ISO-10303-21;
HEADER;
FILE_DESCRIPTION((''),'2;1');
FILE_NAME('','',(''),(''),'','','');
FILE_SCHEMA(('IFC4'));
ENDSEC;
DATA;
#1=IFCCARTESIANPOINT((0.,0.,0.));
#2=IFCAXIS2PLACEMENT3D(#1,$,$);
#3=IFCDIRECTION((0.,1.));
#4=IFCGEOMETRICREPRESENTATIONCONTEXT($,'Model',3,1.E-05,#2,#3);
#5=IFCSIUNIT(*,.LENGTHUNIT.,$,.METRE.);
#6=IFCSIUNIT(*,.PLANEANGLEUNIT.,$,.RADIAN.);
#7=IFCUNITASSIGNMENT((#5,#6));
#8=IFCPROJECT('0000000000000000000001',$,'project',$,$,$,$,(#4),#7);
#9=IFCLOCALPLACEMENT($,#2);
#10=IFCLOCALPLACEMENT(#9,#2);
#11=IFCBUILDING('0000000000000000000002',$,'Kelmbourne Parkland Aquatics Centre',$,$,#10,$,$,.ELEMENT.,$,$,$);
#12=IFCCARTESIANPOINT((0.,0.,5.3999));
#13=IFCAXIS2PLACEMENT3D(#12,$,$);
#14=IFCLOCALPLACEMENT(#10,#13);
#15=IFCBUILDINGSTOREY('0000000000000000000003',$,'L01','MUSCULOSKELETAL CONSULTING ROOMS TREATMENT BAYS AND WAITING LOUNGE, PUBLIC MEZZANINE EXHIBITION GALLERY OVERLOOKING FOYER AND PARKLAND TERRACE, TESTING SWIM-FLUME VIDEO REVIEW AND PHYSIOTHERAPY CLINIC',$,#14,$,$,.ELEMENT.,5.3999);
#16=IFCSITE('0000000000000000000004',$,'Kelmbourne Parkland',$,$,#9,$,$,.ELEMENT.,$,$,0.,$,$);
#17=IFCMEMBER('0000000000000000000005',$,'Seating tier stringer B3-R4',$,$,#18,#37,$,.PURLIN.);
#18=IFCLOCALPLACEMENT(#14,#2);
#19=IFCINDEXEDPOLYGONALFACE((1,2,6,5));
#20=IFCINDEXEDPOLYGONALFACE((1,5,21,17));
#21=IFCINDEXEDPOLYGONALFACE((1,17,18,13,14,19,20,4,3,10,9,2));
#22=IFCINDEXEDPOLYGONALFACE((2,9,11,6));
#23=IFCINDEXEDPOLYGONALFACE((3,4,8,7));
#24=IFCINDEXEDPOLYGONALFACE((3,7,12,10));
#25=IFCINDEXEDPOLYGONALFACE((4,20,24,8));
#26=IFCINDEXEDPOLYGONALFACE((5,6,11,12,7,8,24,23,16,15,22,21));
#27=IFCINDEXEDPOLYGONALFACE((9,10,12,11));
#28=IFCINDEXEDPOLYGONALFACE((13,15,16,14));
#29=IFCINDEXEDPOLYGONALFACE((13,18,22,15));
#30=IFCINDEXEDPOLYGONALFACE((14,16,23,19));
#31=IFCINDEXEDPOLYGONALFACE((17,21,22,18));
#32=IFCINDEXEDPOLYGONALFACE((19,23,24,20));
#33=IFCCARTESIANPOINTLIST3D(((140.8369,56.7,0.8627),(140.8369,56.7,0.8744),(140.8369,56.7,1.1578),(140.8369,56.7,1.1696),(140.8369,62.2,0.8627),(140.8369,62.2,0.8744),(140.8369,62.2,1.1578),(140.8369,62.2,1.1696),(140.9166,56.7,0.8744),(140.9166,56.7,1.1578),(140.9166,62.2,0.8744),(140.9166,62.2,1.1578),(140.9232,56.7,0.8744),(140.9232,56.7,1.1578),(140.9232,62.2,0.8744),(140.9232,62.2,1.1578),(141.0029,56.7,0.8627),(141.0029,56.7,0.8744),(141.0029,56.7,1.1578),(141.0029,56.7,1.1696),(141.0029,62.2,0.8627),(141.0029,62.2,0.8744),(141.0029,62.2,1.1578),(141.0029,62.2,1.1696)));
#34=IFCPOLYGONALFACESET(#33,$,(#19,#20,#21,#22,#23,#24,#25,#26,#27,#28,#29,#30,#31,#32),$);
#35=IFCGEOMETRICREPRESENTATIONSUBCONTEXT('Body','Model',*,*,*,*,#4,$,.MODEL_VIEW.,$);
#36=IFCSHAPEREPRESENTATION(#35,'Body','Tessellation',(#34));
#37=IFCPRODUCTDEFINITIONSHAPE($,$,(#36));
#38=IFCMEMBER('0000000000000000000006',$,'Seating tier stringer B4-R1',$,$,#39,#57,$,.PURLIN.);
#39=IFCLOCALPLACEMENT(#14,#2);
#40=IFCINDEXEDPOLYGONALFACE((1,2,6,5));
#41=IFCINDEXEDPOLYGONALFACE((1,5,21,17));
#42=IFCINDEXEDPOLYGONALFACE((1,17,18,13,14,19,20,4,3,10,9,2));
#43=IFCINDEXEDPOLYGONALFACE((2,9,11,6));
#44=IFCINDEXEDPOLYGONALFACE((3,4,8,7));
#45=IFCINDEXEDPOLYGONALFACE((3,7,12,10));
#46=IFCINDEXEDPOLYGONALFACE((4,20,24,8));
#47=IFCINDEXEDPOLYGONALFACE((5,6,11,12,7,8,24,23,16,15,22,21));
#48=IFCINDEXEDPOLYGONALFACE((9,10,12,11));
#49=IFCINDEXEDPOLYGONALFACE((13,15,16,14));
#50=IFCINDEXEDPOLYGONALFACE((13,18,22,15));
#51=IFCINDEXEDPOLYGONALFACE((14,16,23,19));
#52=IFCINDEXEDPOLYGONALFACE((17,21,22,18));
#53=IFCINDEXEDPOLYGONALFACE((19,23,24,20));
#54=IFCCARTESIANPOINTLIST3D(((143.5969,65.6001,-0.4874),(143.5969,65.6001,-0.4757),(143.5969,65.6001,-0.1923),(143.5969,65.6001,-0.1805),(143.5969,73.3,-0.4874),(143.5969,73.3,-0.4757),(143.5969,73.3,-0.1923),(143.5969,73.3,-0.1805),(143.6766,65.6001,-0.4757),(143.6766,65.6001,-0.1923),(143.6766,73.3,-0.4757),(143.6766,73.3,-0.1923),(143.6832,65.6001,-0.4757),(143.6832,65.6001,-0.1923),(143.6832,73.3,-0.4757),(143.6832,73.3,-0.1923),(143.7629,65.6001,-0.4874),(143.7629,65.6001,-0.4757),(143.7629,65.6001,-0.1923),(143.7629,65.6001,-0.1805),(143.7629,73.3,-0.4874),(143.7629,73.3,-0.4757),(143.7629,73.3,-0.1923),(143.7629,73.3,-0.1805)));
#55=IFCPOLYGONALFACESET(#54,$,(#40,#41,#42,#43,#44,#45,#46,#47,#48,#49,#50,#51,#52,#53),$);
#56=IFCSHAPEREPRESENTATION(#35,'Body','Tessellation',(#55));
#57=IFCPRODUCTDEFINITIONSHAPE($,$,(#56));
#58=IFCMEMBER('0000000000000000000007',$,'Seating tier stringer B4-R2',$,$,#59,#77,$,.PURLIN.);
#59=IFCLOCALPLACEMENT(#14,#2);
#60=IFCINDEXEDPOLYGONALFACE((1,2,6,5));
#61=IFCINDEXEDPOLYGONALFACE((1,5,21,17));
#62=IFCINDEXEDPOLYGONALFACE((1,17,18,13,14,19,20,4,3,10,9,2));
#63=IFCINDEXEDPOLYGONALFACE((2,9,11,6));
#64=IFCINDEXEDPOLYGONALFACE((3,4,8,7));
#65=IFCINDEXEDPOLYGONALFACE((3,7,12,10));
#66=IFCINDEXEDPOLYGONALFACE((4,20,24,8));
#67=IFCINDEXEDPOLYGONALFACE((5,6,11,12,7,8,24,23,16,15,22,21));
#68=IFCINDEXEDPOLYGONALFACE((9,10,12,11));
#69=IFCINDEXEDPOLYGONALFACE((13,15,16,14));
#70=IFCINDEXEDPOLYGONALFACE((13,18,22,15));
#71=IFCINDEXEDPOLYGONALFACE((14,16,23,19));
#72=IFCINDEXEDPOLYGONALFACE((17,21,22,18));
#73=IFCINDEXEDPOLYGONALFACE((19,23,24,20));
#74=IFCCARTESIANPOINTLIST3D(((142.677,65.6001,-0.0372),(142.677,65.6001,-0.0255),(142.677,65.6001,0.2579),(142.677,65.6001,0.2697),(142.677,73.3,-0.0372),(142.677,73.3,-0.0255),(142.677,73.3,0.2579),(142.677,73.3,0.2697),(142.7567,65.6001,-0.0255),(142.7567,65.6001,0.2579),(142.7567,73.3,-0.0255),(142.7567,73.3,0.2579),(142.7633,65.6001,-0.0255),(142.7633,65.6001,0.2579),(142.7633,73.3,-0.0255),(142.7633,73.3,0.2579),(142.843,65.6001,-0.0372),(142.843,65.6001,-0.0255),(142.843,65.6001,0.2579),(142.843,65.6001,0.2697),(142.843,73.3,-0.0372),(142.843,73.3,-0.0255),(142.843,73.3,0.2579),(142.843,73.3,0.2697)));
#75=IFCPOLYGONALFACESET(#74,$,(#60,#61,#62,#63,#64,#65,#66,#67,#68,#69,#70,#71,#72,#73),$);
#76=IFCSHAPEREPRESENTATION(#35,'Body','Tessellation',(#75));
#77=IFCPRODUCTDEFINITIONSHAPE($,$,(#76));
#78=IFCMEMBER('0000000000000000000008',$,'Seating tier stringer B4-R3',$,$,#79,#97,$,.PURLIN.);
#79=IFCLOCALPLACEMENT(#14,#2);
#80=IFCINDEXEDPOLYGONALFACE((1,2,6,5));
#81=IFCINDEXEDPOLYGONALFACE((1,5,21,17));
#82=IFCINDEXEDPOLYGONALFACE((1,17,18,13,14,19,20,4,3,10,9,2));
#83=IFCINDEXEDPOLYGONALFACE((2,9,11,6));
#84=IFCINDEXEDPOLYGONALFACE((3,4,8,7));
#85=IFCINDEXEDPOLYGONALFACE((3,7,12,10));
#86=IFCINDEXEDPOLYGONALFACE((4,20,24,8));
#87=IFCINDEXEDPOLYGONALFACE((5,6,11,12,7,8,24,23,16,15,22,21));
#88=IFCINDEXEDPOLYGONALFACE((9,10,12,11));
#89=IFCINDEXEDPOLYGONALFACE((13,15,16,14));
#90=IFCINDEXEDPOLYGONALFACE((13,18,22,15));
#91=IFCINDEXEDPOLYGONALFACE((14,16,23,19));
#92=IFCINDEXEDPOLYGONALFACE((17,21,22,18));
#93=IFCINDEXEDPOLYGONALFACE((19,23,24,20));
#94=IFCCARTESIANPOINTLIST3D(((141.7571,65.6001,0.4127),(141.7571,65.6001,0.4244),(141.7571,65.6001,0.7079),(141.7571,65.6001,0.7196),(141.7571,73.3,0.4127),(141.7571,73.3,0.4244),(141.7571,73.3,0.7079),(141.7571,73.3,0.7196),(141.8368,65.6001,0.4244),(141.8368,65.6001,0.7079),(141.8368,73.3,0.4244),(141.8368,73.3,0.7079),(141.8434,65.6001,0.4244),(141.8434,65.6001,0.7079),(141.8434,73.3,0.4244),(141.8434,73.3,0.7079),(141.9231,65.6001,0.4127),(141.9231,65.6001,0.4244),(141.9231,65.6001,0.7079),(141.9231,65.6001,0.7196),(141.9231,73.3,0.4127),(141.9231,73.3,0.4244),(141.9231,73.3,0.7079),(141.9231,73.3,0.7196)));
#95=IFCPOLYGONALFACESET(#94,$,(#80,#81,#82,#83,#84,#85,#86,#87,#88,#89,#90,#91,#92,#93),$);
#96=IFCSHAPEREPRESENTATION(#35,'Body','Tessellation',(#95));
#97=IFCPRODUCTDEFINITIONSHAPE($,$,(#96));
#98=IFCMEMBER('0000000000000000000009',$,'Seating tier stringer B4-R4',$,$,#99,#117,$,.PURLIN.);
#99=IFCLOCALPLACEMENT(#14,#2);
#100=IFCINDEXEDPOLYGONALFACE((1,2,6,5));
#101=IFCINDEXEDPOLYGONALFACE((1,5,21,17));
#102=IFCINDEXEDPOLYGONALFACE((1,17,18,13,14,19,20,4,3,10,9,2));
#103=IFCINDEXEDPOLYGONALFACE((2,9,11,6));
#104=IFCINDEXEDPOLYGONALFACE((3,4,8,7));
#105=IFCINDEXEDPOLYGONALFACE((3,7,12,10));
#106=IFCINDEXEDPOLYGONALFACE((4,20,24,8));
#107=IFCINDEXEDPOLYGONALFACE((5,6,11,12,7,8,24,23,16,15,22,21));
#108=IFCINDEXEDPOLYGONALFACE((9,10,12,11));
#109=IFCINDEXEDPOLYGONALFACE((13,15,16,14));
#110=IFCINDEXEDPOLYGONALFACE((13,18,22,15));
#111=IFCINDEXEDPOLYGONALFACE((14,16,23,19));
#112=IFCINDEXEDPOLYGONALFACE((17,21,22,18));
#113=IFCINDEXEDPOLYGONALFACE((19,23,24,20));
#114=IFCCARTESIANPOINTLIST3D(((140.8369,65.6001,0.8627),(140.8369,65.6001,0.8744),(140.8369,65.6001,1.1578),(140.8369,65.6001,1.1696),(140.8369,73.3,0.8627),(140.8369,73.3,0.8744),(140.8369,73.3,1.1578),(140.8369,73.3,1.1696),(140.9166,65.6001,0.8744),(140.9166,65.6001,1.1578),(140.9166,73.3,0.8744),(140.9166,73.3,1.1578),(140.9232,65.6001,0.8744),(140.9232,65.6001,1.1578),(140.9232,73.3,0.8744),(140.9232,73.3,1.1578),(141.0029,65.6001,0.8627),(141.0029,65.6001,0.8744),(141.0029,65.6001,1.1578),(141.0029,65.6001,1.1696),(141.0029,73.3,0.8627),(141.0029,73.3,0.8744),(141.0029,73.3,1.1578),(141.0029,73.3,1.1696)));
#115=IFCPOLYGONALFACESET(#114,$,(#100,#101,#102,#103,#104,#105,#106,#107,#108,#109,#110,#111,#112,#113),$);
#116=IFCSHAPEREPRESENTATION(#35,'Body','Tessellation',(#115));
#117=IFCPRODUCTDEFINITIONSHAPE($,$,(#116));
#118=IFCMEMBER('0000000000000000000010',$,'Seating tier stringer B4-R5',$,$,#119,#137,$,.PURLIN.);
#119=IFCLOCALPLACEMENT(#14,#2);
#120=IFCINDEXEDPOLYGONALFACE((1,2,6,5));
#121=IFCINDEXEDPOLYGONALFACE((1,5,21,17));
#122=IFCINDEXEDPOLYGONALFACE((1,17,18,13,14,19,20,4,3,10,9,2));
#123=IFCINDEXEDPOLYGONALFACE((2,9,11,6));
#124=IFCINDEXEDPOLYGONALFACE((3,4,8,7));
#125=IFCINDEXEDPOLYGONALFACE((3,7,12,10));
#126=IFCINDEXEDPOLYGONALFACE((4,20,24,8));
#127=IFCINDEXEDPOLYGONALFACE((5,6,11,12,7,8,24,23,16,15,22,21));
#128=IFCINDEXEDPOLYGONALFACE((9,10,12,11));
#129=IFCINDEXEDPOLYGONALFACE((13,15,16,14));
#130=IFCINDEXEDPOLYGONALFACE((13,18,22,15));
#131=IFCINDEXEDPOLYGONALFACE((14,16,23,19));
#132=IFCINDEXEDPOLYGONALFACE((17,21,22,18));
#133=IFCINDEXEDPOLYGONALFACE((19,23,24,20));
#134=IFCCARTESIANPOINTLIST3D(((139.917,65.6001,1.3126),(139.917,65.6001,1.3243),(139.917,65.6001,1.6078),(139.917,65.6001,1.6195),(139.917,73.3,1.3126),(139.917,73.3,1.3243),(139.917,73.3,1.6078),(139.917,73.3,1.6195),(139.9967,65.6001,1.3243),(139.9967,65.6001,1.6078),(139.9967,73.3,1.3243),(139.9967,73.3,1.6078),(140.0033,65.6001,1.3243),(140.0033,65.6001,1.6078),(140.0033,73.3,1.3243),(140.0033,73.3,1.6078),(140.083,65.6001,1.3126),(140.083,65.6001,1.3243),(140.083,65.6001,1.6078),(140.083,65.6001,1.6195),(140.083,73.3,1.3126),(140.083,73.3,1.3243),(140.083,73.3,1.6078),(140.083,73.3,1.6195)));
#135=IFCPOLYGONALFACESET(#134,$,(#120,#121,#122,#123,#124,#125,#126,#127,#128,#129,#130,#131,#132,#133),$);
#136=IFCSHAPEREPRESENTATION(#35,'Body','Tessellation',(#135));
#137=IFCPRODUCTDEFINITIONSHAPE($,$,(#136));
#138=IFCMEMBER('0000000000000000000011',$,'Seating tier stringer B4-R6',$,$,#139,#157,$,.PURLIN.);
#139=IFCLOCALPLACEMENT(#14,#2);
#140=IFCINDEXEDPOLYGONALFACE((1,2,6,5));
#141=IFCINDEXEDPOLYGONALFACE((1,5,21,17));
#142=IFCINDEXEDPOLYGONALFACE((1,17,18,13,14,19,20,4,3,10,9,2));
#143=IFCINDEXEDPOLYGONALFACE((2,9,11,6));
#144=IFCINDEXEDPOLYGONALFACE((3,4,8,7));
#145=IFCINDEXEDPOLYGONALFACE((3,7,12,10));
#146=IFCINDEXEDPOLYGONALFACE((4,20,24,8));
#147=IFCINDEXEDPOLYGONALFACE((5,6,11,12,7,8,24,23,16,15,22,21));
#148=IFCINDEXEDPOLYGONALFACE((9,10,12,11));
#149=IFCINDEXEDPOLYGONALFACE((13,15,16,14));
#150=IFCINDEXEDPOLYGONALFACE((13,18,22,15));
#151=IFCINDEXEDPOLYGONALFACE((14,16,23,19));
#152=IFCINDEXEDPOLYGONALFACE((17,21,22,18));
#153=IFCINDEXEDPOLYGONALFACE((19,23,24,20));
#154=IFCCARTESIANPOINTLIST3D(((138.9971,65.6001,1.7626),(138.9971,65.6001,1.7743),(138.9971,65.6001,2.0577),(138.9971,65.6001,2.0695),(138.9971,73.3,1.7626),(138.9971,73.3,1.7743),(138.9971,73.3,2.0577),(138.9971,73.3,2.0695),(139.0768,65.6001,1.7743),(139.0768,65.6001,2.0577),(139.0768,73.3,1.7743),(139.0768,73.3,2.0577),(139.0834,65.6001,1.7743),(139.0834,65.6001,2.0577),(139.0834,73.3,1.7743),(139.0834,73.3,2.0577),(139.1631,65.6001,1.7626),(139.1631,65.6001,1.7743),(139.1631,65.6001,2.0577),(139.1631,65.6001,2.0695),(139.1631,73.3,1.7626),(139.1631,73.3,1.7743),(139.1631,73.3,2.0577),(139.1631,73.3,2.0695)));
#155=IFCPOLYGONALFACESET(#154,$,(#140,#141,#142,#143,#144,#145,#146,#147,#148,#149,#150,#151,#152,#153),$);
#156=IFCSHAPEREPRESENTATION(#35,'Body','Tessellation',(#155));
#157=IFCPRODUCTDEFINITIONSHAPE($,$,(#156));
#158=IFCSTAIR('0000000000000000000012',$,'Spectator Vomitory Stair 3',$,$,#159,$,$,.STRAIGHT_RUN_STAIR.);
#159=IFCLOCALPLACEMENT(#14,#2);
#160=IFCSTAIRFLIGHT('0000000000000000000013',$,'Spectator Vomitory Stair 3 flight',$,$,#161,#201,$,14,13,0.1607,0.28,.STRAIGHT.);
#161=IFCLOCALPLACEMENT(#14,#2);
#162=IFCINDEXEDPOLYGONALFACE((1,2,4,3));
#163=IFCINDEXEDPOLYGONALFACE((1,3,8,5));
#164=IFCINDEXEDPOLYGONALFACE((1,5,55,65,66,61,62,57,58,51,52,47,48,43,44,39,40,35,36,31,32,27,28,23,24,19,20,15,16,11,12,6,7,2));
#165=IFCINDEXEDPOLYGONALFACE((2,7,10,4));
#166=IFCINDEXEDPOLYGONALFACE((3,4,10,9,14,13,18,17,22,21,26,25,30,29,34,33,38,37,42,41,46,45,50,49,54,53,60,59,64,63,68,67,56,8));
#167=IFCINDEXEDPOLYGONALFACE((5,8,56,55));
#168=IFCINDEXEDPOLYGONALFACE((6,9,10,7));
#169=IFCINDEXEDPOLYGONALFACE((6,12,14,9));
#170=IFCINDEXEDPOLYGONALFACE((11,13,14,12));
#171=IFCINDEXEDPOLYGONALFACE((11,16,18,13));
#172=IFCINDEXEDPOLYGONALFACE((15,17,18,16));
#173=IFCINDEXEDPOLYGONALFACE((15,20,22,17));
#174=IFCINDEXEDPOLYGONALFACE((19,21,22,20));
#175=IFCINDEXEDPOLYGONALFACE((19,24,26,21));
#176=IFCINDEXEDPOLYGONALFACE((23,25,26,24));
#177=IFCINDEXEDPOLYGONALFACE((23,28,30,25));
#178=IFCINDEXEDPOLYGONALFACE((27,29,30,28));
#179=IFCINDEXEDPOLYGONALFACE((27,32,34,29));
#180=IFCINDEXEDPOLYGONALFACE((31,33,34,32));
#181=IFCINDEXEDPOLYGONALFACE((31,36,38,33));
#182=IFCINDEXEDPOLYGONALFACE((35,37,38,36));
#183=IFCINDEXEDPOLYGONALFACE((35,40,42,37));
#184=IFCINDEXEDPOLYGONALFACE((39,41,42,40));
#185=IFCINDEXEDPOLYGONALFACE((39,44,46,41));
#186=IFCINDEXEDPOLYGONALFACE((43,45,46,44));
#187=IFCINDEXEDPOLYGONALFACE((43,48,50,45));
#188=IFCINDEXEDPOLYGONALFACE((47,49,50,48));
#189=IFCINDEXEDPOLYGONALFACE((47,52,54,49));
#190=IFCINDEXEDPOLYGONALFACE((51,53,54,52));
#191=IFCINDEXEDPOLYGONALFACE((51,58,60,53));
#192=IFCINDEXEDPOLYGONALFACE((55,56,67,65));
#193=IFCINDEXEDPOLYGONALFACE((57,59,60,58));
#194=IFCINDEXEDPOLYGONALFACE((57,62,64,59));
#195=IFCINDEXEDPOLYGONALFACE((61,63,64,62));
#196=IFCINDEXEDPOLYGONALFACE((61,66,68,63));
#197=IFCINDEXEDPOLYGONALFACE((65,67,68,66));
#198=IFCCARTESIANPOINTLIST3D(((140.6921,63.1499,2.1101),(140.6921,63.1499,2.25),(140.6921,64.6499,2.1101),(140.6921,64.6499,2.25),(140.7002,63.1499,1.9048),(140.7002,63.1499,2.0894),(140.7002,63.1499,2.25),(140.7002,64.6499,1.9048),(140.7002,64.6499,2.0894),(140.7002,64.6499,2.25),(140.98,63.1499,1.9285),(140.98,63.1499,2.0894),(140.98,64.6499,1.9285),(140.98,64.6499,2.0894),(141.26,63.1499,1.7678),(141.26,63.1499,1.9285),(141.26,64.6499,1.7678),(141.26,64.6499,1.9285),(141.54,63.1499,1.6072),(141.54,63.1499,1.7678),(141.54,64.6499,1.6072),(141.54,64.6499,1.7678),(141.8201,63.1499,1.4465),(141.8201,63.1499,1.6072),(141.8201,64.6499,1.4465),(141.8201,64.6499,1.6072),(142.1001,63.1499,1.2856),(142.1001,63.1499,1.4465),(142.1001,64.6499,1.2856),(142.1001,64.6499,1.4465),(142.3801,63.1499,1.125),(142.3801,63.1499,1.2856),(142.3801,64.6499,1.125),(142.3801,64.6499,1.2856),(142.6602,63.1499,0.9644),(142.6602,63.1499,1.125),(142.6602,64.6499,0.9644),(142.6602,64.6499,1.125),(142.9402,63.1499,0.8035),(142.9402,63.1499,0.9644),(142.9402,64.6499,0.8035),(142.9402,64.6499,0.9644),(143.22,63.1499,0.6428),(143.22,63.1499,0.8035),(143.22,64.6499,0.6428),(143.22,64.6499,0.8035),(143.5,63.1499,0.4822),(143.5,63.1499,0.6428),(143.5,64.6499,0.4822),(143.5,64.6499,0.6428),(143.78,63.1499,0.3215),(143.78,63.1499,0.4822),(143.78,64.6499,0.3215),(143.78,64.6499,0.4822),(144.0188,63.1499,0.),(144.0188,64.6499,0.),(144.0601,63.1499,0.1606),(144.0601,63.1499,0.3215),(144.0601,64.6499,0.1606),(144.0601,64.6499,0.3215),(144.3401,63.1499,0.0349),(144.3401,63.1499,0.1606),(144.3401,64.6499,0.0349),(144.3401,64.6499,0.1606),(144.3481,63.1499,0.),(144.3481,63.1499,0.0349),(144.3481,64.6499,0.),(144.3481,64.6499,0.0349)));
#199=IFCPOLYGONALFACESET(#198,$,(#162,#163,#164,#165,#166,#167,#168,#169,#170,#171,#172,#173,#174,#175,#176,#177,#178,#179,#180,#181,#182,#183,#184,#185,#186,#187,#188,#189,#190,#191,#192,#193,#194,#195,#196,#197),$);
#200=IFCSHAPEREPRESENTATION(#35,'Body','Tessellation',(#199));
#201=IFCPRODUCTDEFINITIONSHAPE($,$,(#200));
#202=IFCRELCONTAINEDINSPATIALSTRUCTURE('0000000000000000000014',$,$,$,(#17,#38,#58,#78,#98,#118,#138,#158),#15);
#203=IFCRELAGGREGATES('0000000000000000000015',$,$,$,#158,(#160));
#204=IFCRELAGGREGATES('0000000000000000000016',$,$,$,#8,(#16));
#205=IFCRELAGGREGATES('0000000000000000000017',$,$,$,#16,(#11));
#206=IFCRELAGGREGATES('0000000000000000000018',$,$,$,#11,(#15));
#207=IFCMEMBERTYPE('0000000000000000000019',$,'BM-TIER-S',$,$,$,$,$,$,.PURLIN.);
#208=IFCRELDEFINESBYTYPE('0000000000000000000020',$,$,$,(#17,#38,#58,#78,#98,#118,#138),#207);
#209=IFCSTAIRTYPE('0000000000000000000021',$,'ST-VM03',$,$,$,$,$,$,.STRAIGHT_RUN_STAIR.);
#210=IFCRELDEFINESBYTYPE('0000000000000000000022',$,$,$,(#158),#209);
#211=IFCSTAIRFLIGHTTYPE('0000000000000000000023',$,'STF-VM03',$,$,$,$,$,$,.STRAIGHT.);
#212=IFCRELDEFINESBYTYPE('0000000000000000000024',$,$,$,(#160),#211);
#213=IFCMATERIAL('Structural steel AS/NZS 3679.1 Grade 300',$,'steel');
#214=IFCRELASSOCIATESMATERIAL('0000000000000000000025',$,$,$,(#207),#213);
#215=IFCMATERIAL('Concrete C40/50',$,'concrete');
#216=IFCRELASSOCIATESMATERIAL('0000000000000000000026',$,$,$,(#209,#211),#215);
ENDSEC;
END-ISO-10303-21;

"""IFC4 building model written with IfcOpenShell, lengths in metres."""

from ifc_helpers import new_model, si_unit, direction, frame, origin, origin_2d, place, context, subcontext, project, spatial, polyline, i_section, outline, extrude, material, material_profile, profile_set, type_object, element, aggregate, save


model = new_model("IFC4")

# Units and contexts
model_context = context("Model", 3, precision=1e-05, world=origin(), true_north=direction((0.0, 1.0)))
body_context = subcontext(model_context, "Body", "Model", "MODEL_VIEW")
ifc_project = project(units=[si_unit("LENGTHUNIT", "METRE"), si_unit("PLANEANGLEUNIT", "RADIAN")], contexts=[model_context])

# Site, building, storey
site_placement = place(None, origin())
site = spatial("IfcSite", under=ifc_project, at=site_placement, Name="Kelmbourne Parkland", CompositionType="ELEMENT", RefElevation=0.0)
building_placement = place(site_placement, origin())
building = spatial("IfcBuilding", under=site, at=building_placement, Name="Kelmbourne Parkland Aquatics Centre", CompositionType="ELEMENT")
storey_placement = place(building_placement, frame((0.0, 0.0, 5.3999)))
storey = spatial("IfcBuildingStorey", under=building, at=storey_placement, Name="L01", Description="MUSCULOSKELETAL CONSULTING ROOMS TREATMENT BAYS AND WAITING LOUNGE, PUBLIC MEZZANINE EXHIBITION GALLERY OVERLOOKING FOYER AND PARKLAND TERRACE, TESTING SWIM-FLUME VIDEO REVIEW AND PHYSIOTHERAPY CLINIC", CompositionType="ELEMENT", Elevation=5.3999)

# Shared definitions
ifc_material_1 = material(Name="Structural steel AS/NZS 3679.1 Grade 300", Category="steel")

# Members
ifc_material_profile_1 = material_profile(ifc_material_1, i_section(OverallWidth=0.166, OverallDepth=0.3069, WebThickness=0.0066, FlangeThickness=0.0117, at=origin_2d()), Name="310UB46.2")
ifc_profile_set_1 = profile_set([ifc_material_profile_1], Name="Structural steel AS/NZS 3679.1 Grade 300")
member_type = type_object("IfcMemberType", Name="BM-TIER-S", PredefinedType="PURLIN", material=ifc_profile_set_1)
for number, where, z_axis, x_axis, name in (
    (1, (140.9199, 56.7, 1.0161), (0.0, 1.0, 0.0), (-1.0, 0.0, 0.0), "Seating tier stringer B3-R4"),
):
    element("IfcMember", number, at=place(storey_placement, frame(where, z_axis=z_axis, x_axis=x_axis)), inside=storey, type_object=member_type, Name=name, PredefinedType="PURLIN", context=body_context, shape_type="SweptSolid", body=[
        extrude(i_section(OverallWidth=0.166, OverallDepth=0.3069, WebThickness=0.0066, FlangeThickness=0.0117, at=origin_2d()), origin(), (0.0, 0.0, 1.0), 5.5),
    ])
for number, where, z_axis, x_axis, name in (
    (2, (143.6799, 65.6001, -0.334), (0.0, 1.0, 0.0), (-1.0, 0.0, 0.0), "Seating tier stringer B4-R1"),
    (3, (142.76, 65.6001, 0.1162), (0.0, 1.0, 0.0), (-1.0, 0.0, 0.0), "Seating tier stringer B4-R2"),
    (4, (141.8401, 65.6001, 0.5662), (0.0, 1.0, 0.0), (-1.0, 0.0, 0.0), "Seating tier stringer B4-R3"),
    (5, (140.9199, 65.6001, 1.0161), (0.0, 1.0, 0.0), (-1.0, 0.0, 0.0), "Seating tier stringer B4-R4"),
    (6, (140.0, 65.6001, 1.4661), (0.0, 1.0, 0.0), (-1.0, 0.0, 0.0), "Seating tier stringer B4-R5"),
    (7, (139.0801, 65.6001, 1.916), (0.0, 1.0, 0.0), (-1.0, 0.0, 0.0), "Seating tier stringer B4-R6"),
):
    element("IfcMember", number, at=place(storey_placement, frame(where, z_axis=z_axis, x_axis=x_axis)), inside=storey, type_object=member_type, Name=name, PredefinedType="PURLIN", context=body_context, shape_type="SweptSolid", body=[
        extrude(i_section(OverallWidth=0.166, OverallDepth=0.3069, WebThickness=0.0066, FlangeThickness=0.0117, at=origin_2d()), origin(), (0.0, 0.0, 1.0), 7.7),
    ])

# Stair, stair flight
ifc_material_2 = material(Name="Concrete C40/50", Category="concrete")
stair_type_1 = type_object("IfcStairType", Name="ST-VM03", PredefinedType="STRAIGHT_RUN_STAIR", material=ifc_material_2)
stair_1_placement = place(storey_placement, origin())
stair_1 = element("IfcStair", 8, at=stair_1_placement, inside=storey, type_object=stair_type_1, Name="Spectator Vomitory Stair 3", PredefinedType="STRAIGHT_RUN_STAIR")
stair_flight_type_1 = type_object("IfcStairFlightType", Name="STF-VM03", PredefinedType="STRAIGHT", material=ifc_material_2)
stair_flight_1_placement = place(storey_placement, frame((144.3401, 63.8999, 0.0), z_axis=(0.0, 0.0, 1.0), x_axis=(-1.0, 0.0, 0.0)))
stair_flight_1 = element("IfcStairFlight", 9, at=stair_flight_1_placement, type_object=stair_flight_type_1, Name="Spectator Vomitory Stair 3 flight", NumberOfRisers=14, NumberOfTreads=13, PredefinedType="STRAIGHT", RiserHeight=0.1607, TreadLength=0.28, context=body_context, shape_type="SweptSolid", body=[
    extrude(outline(polyline([(-0.0081, 0.0), (-0.0081, 0.0349), (0.0, 0.0349), (0.0, 0.1606), (0.28, 0.1606), (0.28, 0.3215), (0.5601, 0.3215), (0.5601, 0.4822), (0.8401, 0.4822), (0.8401, 0.6428), (1.1201, 0.6428), (1.1201, 0.8035), (1.3999, 0.8035), (1.3999, 0.9644), (1.6799, 0.9644), (1.6799, 1.125), (1.96, 1.125), (1.96, 1.2856), (2.24, 1.2856), (2.24, 1.4465), (2.52, 1.4465), (2.52, 1.6072), (2.8, 1.6072), (2.8, 1.7678), (3.0801, 1.7678), (3.0801, 1.9285), (3.3601, 1.9285), (3.3601, 2.0894), (3.6399, 2.0894), (3.6399, 2.25), (3.6479, 2.25), (3.6479, 2.1101), (3.6399, 1.9048), (0.3213, 0.0), (-0.0081, 0.0)])), frame((0.0, 0.75, 0.0), z_axis=(0.0, -1.0, 0.0), x_axis=(1.0, 0.0, 0.0)), (0.0, 0.0, 1.0), 1.5),
])
aggregate(stair_1, [stair_flight_1])

save(model, "model.ifc")
